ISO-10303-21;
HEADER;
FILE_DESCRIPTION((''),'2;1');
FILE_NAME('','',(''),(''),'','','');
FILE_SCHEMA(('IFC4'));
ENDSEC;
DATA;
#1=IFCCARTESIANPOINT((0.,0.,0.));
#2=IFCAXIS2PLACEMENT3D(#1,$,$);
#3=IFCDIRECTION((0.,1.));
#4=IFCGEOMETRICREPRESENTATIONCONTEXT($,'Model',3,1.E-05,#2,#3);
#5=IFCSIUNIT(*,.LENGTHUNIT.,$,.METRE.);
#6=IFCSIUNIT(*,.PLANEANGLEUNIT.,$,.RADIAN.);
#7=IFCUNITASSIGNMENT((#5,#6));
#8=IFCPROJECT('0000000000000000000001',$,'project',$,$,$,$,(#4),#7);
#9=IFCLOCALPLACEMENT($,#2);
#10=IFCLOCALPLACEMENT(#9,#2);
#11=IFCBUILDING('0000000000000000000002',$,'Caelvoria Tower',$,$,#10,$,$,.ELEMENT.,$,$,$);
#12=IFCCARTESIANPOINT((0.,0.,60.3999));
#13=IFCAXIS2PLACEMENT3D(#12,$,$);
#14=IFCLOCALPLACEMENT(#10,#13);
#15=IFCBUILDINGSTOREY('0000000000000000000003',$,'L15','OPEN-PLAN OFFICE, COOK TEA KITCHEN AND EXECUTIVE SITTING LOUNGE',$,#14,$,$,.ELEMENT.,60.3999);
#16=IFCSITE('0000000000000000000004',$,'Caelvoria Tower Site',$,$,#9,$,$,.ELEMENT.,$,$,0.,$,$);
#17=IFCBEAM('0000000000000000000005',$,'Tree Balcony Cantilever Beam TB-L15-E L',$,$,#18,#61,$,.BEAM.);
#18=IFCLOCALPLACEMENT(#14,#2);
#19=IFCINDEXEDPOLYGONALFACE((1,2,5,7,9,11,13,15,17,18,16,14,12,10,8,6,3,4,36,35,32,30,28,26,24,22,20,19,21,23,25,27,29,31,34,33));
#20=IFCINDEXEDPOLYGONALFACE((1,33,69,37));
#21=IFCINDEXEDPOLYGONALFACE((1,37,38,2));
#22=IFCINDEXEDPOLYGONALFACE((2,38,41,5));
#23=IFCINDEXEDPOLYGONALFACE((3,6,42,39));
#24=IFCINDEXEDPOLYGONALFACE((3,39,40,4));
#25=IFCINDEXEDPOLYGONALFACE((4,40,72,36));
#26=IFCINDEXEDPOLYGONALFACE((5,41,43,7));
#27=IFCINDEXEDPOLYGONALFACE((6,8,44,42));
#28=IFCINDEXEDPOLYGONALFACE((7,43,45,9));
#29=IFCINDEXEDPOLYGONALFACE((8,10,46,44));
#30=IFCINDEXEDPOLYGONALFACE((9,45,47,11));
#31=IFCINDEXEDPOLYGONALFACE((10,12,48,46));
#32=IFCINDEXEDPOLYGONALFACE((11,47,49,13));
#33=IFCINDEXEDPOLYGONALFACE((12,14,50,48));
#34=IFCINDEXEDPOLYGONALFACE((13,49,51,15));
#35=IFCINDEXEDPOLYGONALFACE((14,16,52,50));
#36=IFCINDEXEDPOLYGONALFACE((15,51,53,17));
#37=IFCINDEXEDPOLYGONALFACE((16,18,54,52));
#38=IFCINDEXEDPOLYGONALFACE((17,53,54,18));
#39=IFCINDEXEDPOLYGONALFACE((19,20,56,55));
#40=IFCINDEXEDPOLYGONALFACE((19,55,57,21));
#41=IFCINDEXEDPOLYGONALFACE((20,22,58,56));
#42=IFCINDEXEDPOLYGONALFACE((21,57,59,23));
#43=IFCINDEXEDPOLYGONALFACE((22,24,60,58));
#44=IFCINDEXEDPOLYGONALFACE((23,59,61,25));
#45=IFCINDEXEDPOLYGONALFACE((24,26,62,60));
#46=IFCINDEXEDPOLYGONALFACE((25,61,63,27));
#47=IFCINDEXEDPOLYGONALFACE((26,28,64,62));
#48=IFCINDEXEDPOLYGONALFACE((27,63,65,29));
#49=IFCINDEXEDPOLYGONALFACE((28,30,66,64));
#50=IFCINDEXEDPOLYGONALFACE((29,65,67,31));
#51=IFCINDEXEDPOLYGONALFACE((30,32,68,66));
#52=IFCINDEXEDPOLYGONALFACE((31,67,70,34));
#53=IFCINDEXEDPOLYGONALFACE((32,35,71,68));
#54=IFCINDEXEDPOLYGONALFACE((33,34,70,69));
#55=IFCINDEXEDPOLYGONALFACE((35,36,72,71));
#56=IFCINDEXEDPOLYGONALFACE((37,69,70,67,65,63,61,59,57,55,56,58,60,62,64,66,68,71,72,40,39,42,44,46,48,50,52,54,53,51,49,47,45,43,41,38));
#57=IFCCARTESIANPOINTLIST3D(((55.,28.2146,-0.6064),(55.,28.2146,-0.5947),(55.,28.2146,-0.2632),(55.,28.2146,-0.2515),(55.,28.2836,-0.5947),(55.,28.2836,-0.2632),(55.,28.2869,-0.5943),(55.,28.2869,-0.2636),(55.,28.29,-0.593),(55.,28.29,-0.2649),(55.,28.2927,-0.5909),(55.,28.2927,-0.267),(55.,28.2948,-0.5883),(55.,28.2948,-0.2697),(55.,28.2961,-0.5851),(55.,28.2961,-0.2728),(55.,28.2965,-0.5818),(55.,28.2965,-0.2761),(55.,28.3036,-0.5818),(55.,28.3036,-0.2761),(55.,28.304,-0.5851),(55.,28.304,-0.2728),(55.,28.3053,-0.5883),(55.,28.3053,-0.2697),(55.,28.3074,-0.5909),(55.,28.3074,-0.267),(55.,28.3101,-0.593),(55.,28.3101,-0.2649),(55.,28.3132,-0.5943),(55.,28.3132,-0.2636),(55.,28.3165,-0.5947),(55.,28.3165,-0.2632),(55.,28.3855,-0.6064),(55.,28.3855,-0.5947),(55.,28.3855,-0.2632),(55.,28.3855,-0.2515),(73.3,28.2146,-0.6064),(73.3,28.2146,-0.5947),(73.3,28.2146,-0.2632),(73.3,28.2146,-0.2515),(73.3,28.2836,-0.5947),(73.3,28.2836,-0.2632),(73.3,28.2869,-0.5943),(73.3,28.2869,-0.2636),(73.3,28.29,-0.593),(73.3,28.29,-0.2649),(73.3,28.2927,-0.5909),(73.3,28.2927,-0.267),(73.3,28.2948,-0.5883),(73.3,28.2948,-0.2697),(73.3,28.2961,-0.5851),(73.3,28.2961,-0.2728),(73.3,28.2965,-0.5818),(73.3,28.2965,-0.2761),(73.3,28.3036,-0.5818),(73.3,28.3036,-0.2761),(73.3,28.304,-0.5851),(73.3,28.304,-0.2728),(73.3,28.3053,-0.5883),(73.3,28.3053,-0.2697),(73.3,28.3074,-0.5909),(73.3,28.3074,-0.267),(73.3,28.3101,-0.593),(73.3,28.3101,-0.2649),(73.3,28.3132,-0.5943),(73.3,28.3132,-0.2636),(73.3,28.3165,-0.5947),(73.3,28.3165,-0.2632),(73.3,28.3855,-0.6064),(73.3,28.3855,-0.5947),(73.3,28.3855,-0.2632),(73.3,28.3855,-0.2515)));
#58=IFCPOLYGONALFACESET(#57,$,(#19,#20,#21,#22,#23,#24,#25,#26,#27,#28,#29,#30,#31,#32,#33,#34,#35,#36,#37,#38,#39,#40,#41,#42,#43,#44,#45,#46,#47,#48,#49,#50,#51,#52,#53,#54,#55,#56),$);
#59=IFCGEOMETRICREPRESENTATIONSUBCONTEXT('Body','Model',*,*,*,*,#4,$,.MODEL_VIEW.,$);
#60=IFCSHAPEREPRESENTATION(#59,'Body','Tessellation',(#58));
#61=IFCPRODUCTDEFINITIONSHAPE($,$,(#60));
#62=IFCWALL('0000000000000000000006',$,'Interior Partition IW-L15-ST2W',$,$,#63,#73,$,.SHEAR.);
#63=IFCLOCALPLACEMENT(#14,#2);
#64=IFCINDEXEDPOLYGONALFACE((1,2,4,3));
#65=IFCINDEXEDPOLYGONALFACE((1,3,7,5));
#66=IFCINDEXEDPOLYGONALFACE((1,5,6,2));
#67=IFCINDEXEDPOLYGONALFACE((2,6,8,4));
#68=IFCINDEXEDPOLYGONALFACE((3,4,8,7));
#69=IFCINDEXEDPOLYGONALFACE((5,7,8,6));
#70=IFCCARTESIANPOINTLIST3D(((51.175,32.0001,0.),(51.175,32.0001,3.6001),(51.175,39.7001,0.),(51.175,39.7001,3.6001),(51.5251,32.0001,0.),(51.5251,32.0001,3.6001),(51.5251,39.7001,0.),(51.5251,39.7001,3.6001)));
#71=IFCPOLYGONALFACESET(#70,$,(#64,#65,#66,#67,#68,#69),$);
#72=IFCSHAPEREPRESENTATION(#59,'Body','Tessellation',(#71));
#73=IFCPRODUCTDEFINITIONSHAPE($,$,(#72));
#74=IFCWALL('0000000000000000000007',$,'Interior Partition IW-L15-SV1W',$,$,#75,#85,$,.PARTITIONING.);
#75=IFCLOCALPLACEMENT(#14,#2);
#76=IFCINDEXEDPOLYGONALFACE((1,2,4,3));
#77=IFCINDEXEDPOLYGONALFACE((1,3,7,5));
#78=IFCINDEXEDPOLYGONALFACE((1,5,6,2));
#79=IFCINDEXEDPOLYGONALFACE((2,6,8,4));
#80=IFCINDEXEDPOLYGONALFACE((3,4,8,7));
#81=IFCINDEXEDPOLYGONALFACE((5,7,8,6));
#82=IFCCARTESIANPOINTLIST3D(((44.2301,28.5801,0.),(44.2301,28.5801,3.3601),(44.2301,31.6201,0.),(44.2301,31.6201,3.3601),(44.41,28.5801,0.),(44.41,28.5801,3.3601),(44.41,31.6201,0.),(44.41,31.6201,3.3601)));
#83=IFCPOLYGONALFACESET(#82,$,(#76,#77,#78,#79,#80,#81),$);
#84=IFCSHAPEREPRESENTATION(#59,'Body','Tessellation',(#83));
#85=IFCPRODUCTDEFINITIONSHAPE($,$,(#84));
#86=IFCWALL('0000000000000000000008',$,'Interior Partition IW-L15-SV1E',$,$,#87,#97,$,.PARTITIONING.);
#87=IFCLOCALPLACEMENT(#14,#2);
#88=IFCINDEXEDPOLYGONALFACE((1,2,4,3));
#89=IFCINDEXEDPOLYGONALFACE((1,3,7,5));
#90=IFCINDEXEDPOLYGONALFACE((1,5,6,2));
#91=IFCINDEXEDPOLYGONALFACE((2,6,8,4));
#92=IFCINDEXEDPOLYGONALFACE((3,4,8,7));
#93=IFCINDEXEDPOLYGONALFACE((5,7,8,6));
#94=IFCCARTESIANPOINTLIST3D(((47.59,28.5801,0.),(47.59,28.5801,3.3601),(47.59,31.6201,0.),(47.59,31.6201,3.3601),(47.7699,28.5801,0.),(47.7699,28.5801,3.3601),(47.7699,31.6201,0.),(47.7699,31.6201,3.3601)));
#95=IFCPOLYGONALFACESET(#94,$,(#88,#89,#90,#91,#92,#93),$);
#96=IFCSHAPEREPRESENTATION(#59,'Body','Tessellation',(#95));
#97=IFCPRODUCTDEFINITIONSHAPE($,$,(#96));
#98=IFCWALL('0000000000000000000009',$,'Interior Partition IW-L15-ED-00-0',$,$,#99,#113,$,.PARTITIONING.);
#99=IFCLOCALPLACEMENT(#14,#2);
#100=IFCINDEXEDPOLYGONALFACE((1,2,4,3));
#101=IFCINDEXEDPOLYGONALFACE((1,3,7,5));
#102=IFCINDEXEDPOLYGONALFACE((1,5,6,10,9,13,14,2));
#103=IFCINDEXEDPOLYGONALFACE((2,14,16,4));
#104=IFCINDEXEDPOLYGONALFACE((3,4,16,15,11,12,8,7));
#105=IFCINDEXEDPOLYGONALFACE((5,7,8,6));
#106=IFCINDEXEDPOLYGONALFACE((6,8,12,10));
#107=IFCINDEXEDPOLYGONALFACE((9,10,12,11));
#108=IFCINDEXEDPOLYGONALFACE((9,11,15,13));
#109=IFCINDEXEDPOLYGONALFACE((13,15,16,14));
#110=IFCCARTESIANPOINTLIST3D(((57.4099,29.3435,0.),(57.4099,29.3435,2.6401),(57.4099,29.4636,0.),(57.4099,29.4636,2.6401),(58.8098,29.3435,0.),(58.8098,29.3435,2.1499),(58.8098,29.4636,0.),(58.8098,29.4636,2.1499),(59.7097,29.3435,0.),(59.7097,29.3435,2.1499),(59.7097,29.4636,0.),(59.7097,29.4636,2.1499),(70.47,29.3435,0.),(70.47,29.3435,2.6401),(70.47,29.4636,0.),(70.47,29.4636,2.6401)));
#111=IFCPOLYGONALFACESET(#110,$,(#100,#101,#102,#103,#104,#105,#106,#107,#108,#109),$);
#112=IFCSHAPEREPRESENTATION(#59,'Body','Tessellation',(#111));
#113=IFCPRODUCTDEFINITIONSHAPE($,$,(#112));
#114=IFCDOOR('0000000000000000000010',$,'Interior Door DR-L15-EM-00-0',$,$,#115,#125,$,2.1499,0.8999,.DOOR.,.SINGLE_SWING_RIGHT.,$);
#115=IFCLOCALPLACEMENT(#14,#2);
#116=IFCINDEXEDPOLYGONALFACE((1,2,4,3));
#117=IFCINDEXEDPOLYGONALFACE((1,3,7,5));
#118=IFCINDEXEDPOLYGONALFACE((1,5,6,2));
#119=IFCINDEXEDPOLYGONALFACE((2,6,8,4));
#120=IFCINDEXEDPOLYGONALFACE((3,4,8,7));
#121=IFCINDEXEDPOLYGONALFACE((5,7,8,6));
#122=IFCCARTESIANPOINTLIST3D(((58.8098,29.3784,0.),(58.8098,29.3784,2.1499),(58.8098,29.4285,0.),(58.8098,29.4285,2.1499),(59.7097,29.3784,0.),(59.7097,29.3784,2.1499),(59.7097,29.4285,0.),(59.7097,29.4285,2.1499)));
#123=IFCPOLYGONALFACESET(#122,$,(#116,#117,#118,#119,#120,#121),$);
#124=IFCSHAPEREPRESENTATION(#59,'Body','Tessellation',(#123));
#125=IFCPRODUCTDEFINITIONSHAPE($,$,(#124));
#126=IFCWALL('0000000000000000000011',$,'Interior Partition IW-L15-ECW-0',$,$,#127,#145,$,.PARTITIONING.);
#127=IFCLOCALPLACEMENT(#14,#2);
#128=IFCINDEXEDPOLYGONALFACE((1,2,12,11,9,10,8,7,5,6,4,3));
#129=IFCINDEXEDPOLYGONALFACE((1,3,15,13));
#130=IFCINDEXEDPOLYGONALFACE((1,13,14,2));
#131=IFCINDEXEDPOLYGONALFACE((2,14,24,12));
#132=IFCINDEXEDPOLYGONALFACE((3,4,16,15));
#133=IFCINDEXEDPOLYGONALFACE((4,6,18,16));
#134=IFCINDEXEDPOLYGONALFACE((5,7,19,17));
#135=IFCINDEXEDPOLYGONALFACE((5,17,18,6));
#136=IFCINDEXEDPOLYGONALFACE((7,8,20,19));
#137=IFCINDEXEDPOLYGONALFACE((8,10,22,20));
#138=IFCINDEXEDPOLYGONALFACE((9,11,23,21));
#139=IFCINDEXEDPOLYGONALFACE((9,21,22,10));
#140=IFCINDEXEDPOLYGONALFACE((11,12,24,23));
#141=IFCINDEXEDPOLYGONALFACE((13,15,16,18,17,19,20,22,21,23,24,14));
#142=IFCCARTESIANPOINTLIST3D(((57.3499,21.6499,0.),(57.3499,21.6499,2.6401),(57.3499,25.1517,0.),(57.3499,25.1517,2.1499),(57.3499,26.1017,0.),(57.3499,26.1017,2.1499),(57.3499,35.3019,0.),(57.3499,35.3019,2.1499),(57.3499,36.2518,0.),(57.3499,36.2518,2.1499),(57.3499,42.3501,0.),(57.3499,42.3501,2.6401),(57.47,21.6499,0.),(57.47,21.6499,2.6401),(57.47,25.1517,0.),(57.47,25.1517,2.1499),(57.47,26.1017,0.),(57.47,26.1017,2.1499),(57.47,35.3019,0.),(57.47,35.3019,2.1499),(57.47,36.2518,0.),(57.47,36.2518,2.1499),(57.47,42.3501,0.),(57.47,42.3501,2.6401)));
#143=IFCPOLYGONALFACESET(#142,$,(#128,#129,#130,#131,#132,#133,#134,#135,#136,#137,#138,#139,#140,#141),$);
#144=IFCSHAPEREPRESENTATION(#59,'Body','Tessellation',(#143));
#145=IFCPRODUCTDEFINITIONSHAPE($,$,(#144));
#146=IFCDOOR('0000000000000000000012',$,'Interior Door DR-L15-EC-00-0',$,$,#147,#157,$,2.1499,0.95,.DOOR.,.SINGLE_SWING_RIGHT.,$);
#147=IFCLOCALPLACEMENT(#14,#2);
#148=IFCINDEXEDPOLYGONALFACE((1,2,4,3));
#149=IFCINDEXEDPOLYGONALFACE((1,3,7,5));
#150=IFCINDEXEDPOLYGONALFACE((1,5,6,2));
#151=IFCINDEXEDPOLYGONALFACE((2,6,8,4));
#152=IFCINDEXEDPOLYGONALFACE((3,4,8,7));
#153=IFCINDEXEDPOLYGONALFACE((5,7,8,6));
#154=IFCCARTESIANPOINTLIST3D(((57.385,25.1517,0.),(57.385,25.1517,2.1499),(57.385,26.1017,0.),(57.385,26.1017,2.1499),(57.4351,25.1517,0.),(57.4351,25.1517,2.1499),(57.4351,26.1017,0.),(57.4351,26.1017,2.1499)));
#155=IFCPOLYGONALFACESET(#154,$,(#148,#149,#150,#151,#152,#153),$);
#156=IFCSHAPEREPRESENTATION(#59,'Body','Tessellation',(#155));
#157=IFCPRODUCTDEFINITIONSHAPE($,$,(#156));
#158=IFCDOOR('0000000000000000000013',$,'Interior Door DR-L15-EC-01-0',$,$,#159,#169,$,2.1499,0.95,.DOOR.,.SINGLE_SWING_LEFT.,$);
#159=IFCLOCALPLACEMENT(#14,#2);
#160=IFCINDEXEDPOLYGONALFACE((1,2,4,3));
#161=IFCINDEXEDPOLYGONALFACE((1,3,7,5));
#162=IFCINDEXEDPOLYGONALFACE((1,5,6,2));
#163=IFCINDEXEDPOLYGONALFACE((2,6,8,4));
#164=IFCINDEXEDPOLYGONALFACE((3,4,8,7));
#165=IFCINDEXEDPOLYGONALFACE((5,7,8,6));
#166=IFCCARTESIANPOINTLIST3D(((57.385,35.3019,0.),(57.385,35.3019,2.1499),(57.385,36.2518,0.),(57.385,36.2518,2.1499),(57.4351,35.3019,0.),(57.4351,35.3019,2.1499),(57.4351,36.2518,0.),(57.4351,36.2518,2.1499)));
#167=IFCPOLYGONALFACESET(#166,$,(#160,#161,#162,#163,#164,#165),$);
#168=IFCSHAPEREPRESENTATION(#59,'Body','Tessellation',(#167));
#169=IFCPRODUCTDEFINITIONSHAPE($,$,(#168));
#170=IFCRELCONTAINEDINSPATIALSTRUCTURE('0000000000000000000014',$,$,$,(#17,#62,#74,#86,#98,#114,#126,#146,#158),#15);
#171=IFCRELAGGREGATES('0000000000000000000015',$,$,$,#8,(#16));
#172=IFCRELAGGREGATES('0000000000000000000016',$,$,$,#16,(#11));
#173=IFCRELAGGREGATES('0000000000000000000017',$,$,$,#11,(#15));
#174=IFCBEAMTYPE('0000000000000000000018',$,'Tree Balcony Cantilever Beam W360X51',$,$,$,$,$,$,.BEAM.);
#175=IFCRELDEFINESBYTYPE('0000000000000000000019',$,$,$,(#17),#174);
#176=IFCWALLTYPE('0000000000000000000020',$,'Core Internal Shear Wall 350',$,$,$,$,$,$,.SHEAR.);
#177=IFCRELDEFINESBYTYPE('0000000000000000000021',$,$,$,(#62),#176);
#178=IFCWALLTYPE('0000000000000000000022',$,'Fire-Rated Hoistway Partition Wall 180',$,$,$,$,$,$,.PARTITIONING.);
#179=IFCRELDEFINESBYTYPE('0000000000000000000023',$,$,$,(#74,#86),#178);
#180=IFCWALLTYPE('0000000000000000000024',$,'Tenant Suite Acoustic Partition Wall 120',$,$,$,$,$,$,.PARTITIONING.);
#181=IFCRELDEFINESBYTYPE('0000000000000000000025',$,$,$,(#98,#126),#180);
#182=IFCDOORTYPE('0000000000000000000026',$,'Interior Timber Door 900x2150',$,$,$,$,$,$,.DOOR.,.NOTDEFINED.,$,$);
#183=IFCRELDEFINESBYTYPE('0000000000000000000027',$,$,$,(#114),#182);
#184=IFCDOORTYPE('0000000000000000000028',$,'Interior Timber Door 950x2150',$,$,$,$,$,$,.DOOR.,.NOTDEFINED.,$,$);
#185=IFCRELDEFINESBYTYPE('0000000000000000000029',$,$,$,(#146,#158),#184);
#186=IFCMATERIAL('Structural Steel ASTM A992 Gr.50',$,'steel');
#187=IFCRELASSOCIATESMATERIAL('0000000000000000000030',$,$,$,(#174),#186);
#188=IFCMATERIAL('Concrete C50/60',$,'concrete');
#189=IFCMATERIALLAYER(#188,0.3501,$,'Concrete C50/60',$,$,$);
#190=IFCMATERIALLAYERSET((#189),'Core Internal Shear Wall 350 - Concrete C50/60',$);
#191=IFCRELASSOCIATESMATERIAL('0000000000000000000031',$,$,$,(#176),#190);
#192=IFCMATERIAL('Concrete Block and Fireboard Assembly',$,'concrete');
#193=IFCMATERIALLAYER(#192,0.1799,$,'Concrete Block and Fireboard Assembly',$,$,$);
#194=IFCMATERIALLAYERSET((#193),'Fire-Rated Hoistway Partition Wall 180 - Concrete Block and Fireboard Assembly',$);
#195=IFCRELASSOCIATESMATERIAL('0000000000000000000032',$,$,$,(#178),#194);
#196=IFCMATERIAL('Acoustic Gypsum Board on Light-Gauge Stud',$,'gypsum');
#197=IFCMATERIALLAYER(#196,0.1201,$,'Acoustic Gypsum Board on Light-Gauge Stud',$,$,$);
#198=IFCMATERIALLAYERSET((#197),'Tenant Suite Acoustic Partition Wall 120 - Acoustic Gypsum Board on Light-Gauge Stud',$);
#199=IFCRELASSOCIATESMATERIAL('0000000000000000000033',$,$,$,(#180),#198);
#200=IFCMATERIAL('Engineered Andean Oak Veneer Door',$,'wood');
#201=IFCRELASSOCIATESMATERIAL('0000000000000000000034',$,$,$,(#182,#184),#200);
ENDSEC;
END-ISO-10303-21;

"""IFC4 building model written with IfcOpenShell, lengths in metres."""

from ifc_helpers import new_model, si_unit, direction, frame, frame_2d, origin, origin_2d, place, context, subcontext, project, spatial, rectangle, i_section, extrude, material, layer, layer_set, material_profile, profile_set, type_object, element, fill, save


model = new_model("IFC4")

# Units and contexts
model_context = context("Model", 3, precision=1e-05, world=origin(), true_north=direction((0.0, 1.0)))
body_context = subcontext(model_context, "Body", "Model", "MODEL_VIEW")
ifc_project = project(units=[si_unit("LENGTHUNIT", "METRE"), si_unit("PLANEANGLEUNIT", "RADIAN")], contexts=[model_context])

# Site, building, storey
site_placement = place(None, origin())
site = spatial("IfcSite", under=ifc_project, at=site_placement, Name="Caelvoria Tower Site", CompositionType="ELEMENT", RefElevation=0.0)
building_placement = place(site_placement, origin())
building = spatial("IfcBuilding", under=site, at=building_placement, Name="Caelvoria Tower", CompositionType="ELEMENT")
storey_placement = place(building_placement, frame((0.0, 0.0, 60.3999)))
storey = spatial("IfcBuildingStorey", under=building, at=storey_placement, Name="L15", Description="OPEN-PLAN OFFICE, COOK TEA KITCHEN AND EXECUTIVE SITTING LOUNGE", CompositionType="ELEMENT", Elevation=60.3999)

# Beam
ifc_material_1 = material(Name="Structural Steel ASTM A992 Gr.50", Category="steel")
ifc_material_profile_1 = material_profile(ifc_material_1, i_section(OverallWidth=0.1709, OverallDepth=0.355, WebThickness=0.0071, FlangeThickness=0.0117, FilletRadius=0.0129, at=origin_2d()), Name="Structural Steel ASTM A992 Gr.50")
ifc_profile_set_1 = profile_set([ifc_material_profile_1], Name="W360X51 - Structural Steel ASTM A992 Gr.50")
beam_type_1 = type_object("IfcBeamType", Name="Tree Balcony Cantilever Beam W360X51", PredefinedType="BEAM", material=ifc_profile_set_1)
beam_1_placement = place(storey_placement, frame((55.0, 28.3, -0.429), z_axis=(1.0, 0.0, 0.0), x_axis=(0.0, 1.0, 0.0)))
element("IfcBeam", 1, at=beam_1_placement, inside=storey, type_object=beam_type_1, Name="Tree Balcony Cantilever Beam TB-L15-E L", PredefinedType="BEAM", context=body_context, shape_type="SweptSolid", body=[
    extrude(i_section(OverallWidth=0.1709, OverallDepth=0.355, WebThickness=0.0071, FlangeThickness=0.0117, FilletRadius=0.0129, at=origin_2d()), origin(), (0.0, 0.0, 1.0), 18.3),
])

# Walls
ifc_material_2 = material(Name="Concrete C50/60", Category="concrete")
ifc_layer_1 = layer(ifc_material_2, 0.3501, Name="Concrete C50/60")
ifc_layer_set_1 = layer_set([ifc_layer_1], Name="Core Internal Shear Wall 350 - Concrete C50/60")
wall_type_1 = type_object("IfcWallType", Name="Core Internal Shear Wall 350", PredefinedType="SHEAR", material=ifc_layer_set_1)
wall_1_placement = place(storey_placement, frame((51.3501, 32.0, 0.0), z_axis=(0.0, 0.0, 1.0), x_axis=(0.0, 1.0, 0.0)))
element("IfcWall", 2, at=wall_1_placement, inside=storey, type_object=wall_type_1, Name="Interior Partition IW-L15-ST2W", PredefinedType="SHEAR", context=body_context, shape_type="SweptSolid", body=[
    extrude(rectangle(XDim=7.7, YDim=0.3501, at=frame_2d((3.8501, 0.0))), origin(), (0.0, 0.0, 1.0), 3.6001),
])
ifc_material_3 = material(Name="Concrete Block and Fireboard Assembly", Category="concrete")
ifc_layer_2 = layer(ifc_material_3, 0.1799, Name="Concrete Block and Fireboard Assembly")
ifc_layer_set_2 = layer_set([ifc_layer_2], Name="Fire-Rated Hoistway Partition Wall 180 - Concrete Block and Fireboard Assembly")
wall_type_2 = type_object("IfcWallType", Name="Fire-Rated Hoistway Partition Wall 180", PredefinedType="PARTITIONING", material=ifc_layer_set_2)
for number, where, z_axis, x_axis, name in (
    (3, (44.3201, 28.5801, 0.0), (0.0, 0.0, 1.0), (0.0, 1.0, 0.0), "Interior Partition IW-L15-SV1W"),
    (4, (47.6799, 28.5801, 0.0), (0.0, 0.0, 1.0), (0.0, 1.0, 0.0), "Interior Partition IW-L15-SV1E"),
):
    element("IfcWall", number, at=place(storey_placement, frame(where, z_axis=z_axis, x_axis=x_axis)), inside=storey, type_object=wall_type_2, Name=name, PredefinedType="PARTITIONING", context=body_context, shape_type="SweptSolid", body=[
        extrude(rectangle(XDim=3.04, YDim=0.1799, at=frame_2d((1.52, 0.0))), origin(), (0.0, 0.0, 1.0), 3.3601),
    ])

# Wall, opening, door
ifc_material_4 = material(Name="Acoustic Gypsum Board on Light-Gauge Stud", Category="gypsum")
ifc_layer_3 = layer(ifc_material_4, 0.1201, Name="Acoustic Gypsum Board on Light-Gauge Stud")
ifc_layer_set_3 = layer_set([ifc_layer_3], Name="Tenant Suite Acoustic Partition Wall 120 - Acoustic Gypsum Board on Light-Gauge Stud")
wall_type_3 = type_object("IfcWallType", Name="Tenant Suite Acoustic Partition Wall 120", PredefinedType="PARTITIONING", material=ifc_layer_set_3)
wall_2_placement = place(storey_placement, frame((57.4099, 29.4036, 0.0), z_axis=(0.0, 0.0, 1.0), x_axis=(1.0, 0.0, 0.0)))
wall_2 = element("IfcWall", 5, at=wall_2_placement, inside=storey, type_object=wall_type_3, Name="Interior Partition IW-L15-ED-00-0", PredefinedType="PARTITIONING", context=body_context, shape_type="SweptSolid", body=[
    extrude(rectangle(XDim=13.0601, YDim=0.1201, at=frame_2d((6.53, 0.0))), origin(), (0.0, 0.0, 1.0), 2.6401),
])
opening_1_placement = place(wall_2_placement, frame((1.3999, 0.0, 0.0)))
opening_1 = element("IfcOpeningElement", 6, at=opening_1_placement, cuts=wall_2, PredefinedType="OPENING", context=body_context, shape_type="SweptSolid", body=[
    extrude(rectangle(XDim=0.8999, YDim=2.1499, at=frame_2d((0.45, 1.075))), frame((0.0, 0.0701, 0.0), z_axis=(0.0, -1.0, 0.0), x_axis=(1.0, 0.0, 0.0)), (0.0, 0.0, 1.0), 0.1401),
])
ifc_material_5 = material(Name="Engineered Andean Oak Veneer Door", Category="wood")
door_type_1 = type_object("IfcDoorType", Name="Interior Timber Door 900x2150", OperationType="NOTDEFINED", PredefinedType="DOOR", material=ifc_material_5)
door_1_placement = place(opening_1_placement, origin())
door_1 = element("IfcDoor", 7, at=door_1_placement, inside=storey, type_object=door_type_1, Name="Interior Door DR-L15-EM-00-0", OperationType="SINGLE_SWING_RIGHT", OverallHeight=2.1499, OverallWidth=0.8999, PredefinedType="DOOR", context=body_context, shape_type="SweptSolid", body=[
    extrude(rectangle(XDim=0.8999, YDim=2.1499, at=frame_2d((0.45, 1.075))), frame((0.0, 0.0249, 0.0), z_axis=(0.0, -1.0, 0.0), x_axis=(1.0, 0.0, 0.0)), (0.0, 0.0, 1.0), 0.05),
])
fill(opening_1, door_1)

# Wall, openings, doors
wall_3_placement = place(storey_placement, frame((57.4099, 21.6499, 0.0), z_axis=(0.0, 0.0, 1.0), x_axis=(0.0, 1.0, 0.0)))
wall_3 = element("IfcWall", 8, at=wall_3_placement, inside=storey, type_object=wall_type_3, Name="Interior Partition IW-L15-ECW-0", PredefinedType="PARTITIONING", context=body_context, shape_type="SweptSolid", body=[
    extrude(rectangle(XDim=20.7002, YDim=0.1201, at=frame_2d((10.3501, 0.0))), origin(), (0.0, 0.0, 1.0), 2.6401),
])
opening_2_placement = place(wall_3_placement, frame((3.5017, 0.0, 0.0)))
opening_2 = element("IfcOpeningElement", 9, at=opening_2_placement, cuts=wall_3, PredefinedType="OPENING", context=body_context, shape_type="SweptSolid", body=[
    extrude(rectangle(XDim=0.95, YDim=2.1499, at=frame_2d((0.4751, 1.075))), frame((0.0, 0.0701, 0.0), z_axis=(0.0, -1.0, 0.0), x_axis=(1.0, 0.0, 0.0)), (0.0, 0.0, 1.0), 0.1401),
])
opening_3_placement = place(wall_3_placement, frame((13.6519, 0.0, 0.0)))
opening_3 = element("IfcOpeningElement", 10, at=opening_3_placement, cuts=wall_3, PredefinedType="OPENING", context=body_context, shape_type="SweptSolid", body=[
    extrude(rectangle(XDim=0.95, YDim=2.1499, at=frame_2d((0.4751, 1.075))), frame((0.0, 0.0701, 0.0), z_axis=(0.0, -1.0, 0.0), x_axis=(1.0, 0.0, 0.0)), (0.0, 0.0, 1.0), 0.1401),
])
door_type_2 = type_object("IfcDoorType", Name="Interior Timber Door 950x2150", OperationType="NOTDEFINED", PredefinedType="DOOR", material=ifc_material_5)
door_2_placement = place(opening_2_placement, origin())
door_2 = element("IfcDoor", 11, at=door_2_placement, inside=storey, type_object=door_type_2, Name="Interior Door DR-L15-EC-00-0", OperationType="SINGLE_SWING_RIGHT", OverallHeight=2.1499, OverallWidth=0.95, PredefinedType="DOOR", context=body_context, shape_type="SweptSolid", body=[
    extrude(rectangle(XDim=0.95, YDim=2.1499, at=frame_2d((0.4751, 1.075))), frame((0.0, 0.0249, 0.0), z_axis=(0.0, -1.0, 0.0), x_axis=(1.0, 0.0, 0.0)), (0.0, 0.0, 1.0), 0.05),
])
fill(opening_2, door_2)
door_3_placement = place(opening_3_placement, origin())
door_3 = element("IfcDoor", 12, at=door_3_placement, inside=storey, type_object=door_type_2, Name="Interior Door DR-L15-EC-01-0", OperationType="SINGLE_SWING_LEFT", OverallHeight=2.1499, OverallWidth=0.95, PredefinedType="DOOR", context=body_context, shape_type="SweptSolid", body=[
    extrude(rectangle(XDim=0.95, YDim=2.1499, at=frame_2d((0.4751, 1.075))), frame((0.0, 0.0249, 0.0), z_axis=(0.0, -1.0, 0.0), x_axis=(1.0, 0.0, 0.0)), (0.0, 0.0, 1.0), 0.05),
])
fill(opening_3, door_3)

save(model, "model.ifc")
